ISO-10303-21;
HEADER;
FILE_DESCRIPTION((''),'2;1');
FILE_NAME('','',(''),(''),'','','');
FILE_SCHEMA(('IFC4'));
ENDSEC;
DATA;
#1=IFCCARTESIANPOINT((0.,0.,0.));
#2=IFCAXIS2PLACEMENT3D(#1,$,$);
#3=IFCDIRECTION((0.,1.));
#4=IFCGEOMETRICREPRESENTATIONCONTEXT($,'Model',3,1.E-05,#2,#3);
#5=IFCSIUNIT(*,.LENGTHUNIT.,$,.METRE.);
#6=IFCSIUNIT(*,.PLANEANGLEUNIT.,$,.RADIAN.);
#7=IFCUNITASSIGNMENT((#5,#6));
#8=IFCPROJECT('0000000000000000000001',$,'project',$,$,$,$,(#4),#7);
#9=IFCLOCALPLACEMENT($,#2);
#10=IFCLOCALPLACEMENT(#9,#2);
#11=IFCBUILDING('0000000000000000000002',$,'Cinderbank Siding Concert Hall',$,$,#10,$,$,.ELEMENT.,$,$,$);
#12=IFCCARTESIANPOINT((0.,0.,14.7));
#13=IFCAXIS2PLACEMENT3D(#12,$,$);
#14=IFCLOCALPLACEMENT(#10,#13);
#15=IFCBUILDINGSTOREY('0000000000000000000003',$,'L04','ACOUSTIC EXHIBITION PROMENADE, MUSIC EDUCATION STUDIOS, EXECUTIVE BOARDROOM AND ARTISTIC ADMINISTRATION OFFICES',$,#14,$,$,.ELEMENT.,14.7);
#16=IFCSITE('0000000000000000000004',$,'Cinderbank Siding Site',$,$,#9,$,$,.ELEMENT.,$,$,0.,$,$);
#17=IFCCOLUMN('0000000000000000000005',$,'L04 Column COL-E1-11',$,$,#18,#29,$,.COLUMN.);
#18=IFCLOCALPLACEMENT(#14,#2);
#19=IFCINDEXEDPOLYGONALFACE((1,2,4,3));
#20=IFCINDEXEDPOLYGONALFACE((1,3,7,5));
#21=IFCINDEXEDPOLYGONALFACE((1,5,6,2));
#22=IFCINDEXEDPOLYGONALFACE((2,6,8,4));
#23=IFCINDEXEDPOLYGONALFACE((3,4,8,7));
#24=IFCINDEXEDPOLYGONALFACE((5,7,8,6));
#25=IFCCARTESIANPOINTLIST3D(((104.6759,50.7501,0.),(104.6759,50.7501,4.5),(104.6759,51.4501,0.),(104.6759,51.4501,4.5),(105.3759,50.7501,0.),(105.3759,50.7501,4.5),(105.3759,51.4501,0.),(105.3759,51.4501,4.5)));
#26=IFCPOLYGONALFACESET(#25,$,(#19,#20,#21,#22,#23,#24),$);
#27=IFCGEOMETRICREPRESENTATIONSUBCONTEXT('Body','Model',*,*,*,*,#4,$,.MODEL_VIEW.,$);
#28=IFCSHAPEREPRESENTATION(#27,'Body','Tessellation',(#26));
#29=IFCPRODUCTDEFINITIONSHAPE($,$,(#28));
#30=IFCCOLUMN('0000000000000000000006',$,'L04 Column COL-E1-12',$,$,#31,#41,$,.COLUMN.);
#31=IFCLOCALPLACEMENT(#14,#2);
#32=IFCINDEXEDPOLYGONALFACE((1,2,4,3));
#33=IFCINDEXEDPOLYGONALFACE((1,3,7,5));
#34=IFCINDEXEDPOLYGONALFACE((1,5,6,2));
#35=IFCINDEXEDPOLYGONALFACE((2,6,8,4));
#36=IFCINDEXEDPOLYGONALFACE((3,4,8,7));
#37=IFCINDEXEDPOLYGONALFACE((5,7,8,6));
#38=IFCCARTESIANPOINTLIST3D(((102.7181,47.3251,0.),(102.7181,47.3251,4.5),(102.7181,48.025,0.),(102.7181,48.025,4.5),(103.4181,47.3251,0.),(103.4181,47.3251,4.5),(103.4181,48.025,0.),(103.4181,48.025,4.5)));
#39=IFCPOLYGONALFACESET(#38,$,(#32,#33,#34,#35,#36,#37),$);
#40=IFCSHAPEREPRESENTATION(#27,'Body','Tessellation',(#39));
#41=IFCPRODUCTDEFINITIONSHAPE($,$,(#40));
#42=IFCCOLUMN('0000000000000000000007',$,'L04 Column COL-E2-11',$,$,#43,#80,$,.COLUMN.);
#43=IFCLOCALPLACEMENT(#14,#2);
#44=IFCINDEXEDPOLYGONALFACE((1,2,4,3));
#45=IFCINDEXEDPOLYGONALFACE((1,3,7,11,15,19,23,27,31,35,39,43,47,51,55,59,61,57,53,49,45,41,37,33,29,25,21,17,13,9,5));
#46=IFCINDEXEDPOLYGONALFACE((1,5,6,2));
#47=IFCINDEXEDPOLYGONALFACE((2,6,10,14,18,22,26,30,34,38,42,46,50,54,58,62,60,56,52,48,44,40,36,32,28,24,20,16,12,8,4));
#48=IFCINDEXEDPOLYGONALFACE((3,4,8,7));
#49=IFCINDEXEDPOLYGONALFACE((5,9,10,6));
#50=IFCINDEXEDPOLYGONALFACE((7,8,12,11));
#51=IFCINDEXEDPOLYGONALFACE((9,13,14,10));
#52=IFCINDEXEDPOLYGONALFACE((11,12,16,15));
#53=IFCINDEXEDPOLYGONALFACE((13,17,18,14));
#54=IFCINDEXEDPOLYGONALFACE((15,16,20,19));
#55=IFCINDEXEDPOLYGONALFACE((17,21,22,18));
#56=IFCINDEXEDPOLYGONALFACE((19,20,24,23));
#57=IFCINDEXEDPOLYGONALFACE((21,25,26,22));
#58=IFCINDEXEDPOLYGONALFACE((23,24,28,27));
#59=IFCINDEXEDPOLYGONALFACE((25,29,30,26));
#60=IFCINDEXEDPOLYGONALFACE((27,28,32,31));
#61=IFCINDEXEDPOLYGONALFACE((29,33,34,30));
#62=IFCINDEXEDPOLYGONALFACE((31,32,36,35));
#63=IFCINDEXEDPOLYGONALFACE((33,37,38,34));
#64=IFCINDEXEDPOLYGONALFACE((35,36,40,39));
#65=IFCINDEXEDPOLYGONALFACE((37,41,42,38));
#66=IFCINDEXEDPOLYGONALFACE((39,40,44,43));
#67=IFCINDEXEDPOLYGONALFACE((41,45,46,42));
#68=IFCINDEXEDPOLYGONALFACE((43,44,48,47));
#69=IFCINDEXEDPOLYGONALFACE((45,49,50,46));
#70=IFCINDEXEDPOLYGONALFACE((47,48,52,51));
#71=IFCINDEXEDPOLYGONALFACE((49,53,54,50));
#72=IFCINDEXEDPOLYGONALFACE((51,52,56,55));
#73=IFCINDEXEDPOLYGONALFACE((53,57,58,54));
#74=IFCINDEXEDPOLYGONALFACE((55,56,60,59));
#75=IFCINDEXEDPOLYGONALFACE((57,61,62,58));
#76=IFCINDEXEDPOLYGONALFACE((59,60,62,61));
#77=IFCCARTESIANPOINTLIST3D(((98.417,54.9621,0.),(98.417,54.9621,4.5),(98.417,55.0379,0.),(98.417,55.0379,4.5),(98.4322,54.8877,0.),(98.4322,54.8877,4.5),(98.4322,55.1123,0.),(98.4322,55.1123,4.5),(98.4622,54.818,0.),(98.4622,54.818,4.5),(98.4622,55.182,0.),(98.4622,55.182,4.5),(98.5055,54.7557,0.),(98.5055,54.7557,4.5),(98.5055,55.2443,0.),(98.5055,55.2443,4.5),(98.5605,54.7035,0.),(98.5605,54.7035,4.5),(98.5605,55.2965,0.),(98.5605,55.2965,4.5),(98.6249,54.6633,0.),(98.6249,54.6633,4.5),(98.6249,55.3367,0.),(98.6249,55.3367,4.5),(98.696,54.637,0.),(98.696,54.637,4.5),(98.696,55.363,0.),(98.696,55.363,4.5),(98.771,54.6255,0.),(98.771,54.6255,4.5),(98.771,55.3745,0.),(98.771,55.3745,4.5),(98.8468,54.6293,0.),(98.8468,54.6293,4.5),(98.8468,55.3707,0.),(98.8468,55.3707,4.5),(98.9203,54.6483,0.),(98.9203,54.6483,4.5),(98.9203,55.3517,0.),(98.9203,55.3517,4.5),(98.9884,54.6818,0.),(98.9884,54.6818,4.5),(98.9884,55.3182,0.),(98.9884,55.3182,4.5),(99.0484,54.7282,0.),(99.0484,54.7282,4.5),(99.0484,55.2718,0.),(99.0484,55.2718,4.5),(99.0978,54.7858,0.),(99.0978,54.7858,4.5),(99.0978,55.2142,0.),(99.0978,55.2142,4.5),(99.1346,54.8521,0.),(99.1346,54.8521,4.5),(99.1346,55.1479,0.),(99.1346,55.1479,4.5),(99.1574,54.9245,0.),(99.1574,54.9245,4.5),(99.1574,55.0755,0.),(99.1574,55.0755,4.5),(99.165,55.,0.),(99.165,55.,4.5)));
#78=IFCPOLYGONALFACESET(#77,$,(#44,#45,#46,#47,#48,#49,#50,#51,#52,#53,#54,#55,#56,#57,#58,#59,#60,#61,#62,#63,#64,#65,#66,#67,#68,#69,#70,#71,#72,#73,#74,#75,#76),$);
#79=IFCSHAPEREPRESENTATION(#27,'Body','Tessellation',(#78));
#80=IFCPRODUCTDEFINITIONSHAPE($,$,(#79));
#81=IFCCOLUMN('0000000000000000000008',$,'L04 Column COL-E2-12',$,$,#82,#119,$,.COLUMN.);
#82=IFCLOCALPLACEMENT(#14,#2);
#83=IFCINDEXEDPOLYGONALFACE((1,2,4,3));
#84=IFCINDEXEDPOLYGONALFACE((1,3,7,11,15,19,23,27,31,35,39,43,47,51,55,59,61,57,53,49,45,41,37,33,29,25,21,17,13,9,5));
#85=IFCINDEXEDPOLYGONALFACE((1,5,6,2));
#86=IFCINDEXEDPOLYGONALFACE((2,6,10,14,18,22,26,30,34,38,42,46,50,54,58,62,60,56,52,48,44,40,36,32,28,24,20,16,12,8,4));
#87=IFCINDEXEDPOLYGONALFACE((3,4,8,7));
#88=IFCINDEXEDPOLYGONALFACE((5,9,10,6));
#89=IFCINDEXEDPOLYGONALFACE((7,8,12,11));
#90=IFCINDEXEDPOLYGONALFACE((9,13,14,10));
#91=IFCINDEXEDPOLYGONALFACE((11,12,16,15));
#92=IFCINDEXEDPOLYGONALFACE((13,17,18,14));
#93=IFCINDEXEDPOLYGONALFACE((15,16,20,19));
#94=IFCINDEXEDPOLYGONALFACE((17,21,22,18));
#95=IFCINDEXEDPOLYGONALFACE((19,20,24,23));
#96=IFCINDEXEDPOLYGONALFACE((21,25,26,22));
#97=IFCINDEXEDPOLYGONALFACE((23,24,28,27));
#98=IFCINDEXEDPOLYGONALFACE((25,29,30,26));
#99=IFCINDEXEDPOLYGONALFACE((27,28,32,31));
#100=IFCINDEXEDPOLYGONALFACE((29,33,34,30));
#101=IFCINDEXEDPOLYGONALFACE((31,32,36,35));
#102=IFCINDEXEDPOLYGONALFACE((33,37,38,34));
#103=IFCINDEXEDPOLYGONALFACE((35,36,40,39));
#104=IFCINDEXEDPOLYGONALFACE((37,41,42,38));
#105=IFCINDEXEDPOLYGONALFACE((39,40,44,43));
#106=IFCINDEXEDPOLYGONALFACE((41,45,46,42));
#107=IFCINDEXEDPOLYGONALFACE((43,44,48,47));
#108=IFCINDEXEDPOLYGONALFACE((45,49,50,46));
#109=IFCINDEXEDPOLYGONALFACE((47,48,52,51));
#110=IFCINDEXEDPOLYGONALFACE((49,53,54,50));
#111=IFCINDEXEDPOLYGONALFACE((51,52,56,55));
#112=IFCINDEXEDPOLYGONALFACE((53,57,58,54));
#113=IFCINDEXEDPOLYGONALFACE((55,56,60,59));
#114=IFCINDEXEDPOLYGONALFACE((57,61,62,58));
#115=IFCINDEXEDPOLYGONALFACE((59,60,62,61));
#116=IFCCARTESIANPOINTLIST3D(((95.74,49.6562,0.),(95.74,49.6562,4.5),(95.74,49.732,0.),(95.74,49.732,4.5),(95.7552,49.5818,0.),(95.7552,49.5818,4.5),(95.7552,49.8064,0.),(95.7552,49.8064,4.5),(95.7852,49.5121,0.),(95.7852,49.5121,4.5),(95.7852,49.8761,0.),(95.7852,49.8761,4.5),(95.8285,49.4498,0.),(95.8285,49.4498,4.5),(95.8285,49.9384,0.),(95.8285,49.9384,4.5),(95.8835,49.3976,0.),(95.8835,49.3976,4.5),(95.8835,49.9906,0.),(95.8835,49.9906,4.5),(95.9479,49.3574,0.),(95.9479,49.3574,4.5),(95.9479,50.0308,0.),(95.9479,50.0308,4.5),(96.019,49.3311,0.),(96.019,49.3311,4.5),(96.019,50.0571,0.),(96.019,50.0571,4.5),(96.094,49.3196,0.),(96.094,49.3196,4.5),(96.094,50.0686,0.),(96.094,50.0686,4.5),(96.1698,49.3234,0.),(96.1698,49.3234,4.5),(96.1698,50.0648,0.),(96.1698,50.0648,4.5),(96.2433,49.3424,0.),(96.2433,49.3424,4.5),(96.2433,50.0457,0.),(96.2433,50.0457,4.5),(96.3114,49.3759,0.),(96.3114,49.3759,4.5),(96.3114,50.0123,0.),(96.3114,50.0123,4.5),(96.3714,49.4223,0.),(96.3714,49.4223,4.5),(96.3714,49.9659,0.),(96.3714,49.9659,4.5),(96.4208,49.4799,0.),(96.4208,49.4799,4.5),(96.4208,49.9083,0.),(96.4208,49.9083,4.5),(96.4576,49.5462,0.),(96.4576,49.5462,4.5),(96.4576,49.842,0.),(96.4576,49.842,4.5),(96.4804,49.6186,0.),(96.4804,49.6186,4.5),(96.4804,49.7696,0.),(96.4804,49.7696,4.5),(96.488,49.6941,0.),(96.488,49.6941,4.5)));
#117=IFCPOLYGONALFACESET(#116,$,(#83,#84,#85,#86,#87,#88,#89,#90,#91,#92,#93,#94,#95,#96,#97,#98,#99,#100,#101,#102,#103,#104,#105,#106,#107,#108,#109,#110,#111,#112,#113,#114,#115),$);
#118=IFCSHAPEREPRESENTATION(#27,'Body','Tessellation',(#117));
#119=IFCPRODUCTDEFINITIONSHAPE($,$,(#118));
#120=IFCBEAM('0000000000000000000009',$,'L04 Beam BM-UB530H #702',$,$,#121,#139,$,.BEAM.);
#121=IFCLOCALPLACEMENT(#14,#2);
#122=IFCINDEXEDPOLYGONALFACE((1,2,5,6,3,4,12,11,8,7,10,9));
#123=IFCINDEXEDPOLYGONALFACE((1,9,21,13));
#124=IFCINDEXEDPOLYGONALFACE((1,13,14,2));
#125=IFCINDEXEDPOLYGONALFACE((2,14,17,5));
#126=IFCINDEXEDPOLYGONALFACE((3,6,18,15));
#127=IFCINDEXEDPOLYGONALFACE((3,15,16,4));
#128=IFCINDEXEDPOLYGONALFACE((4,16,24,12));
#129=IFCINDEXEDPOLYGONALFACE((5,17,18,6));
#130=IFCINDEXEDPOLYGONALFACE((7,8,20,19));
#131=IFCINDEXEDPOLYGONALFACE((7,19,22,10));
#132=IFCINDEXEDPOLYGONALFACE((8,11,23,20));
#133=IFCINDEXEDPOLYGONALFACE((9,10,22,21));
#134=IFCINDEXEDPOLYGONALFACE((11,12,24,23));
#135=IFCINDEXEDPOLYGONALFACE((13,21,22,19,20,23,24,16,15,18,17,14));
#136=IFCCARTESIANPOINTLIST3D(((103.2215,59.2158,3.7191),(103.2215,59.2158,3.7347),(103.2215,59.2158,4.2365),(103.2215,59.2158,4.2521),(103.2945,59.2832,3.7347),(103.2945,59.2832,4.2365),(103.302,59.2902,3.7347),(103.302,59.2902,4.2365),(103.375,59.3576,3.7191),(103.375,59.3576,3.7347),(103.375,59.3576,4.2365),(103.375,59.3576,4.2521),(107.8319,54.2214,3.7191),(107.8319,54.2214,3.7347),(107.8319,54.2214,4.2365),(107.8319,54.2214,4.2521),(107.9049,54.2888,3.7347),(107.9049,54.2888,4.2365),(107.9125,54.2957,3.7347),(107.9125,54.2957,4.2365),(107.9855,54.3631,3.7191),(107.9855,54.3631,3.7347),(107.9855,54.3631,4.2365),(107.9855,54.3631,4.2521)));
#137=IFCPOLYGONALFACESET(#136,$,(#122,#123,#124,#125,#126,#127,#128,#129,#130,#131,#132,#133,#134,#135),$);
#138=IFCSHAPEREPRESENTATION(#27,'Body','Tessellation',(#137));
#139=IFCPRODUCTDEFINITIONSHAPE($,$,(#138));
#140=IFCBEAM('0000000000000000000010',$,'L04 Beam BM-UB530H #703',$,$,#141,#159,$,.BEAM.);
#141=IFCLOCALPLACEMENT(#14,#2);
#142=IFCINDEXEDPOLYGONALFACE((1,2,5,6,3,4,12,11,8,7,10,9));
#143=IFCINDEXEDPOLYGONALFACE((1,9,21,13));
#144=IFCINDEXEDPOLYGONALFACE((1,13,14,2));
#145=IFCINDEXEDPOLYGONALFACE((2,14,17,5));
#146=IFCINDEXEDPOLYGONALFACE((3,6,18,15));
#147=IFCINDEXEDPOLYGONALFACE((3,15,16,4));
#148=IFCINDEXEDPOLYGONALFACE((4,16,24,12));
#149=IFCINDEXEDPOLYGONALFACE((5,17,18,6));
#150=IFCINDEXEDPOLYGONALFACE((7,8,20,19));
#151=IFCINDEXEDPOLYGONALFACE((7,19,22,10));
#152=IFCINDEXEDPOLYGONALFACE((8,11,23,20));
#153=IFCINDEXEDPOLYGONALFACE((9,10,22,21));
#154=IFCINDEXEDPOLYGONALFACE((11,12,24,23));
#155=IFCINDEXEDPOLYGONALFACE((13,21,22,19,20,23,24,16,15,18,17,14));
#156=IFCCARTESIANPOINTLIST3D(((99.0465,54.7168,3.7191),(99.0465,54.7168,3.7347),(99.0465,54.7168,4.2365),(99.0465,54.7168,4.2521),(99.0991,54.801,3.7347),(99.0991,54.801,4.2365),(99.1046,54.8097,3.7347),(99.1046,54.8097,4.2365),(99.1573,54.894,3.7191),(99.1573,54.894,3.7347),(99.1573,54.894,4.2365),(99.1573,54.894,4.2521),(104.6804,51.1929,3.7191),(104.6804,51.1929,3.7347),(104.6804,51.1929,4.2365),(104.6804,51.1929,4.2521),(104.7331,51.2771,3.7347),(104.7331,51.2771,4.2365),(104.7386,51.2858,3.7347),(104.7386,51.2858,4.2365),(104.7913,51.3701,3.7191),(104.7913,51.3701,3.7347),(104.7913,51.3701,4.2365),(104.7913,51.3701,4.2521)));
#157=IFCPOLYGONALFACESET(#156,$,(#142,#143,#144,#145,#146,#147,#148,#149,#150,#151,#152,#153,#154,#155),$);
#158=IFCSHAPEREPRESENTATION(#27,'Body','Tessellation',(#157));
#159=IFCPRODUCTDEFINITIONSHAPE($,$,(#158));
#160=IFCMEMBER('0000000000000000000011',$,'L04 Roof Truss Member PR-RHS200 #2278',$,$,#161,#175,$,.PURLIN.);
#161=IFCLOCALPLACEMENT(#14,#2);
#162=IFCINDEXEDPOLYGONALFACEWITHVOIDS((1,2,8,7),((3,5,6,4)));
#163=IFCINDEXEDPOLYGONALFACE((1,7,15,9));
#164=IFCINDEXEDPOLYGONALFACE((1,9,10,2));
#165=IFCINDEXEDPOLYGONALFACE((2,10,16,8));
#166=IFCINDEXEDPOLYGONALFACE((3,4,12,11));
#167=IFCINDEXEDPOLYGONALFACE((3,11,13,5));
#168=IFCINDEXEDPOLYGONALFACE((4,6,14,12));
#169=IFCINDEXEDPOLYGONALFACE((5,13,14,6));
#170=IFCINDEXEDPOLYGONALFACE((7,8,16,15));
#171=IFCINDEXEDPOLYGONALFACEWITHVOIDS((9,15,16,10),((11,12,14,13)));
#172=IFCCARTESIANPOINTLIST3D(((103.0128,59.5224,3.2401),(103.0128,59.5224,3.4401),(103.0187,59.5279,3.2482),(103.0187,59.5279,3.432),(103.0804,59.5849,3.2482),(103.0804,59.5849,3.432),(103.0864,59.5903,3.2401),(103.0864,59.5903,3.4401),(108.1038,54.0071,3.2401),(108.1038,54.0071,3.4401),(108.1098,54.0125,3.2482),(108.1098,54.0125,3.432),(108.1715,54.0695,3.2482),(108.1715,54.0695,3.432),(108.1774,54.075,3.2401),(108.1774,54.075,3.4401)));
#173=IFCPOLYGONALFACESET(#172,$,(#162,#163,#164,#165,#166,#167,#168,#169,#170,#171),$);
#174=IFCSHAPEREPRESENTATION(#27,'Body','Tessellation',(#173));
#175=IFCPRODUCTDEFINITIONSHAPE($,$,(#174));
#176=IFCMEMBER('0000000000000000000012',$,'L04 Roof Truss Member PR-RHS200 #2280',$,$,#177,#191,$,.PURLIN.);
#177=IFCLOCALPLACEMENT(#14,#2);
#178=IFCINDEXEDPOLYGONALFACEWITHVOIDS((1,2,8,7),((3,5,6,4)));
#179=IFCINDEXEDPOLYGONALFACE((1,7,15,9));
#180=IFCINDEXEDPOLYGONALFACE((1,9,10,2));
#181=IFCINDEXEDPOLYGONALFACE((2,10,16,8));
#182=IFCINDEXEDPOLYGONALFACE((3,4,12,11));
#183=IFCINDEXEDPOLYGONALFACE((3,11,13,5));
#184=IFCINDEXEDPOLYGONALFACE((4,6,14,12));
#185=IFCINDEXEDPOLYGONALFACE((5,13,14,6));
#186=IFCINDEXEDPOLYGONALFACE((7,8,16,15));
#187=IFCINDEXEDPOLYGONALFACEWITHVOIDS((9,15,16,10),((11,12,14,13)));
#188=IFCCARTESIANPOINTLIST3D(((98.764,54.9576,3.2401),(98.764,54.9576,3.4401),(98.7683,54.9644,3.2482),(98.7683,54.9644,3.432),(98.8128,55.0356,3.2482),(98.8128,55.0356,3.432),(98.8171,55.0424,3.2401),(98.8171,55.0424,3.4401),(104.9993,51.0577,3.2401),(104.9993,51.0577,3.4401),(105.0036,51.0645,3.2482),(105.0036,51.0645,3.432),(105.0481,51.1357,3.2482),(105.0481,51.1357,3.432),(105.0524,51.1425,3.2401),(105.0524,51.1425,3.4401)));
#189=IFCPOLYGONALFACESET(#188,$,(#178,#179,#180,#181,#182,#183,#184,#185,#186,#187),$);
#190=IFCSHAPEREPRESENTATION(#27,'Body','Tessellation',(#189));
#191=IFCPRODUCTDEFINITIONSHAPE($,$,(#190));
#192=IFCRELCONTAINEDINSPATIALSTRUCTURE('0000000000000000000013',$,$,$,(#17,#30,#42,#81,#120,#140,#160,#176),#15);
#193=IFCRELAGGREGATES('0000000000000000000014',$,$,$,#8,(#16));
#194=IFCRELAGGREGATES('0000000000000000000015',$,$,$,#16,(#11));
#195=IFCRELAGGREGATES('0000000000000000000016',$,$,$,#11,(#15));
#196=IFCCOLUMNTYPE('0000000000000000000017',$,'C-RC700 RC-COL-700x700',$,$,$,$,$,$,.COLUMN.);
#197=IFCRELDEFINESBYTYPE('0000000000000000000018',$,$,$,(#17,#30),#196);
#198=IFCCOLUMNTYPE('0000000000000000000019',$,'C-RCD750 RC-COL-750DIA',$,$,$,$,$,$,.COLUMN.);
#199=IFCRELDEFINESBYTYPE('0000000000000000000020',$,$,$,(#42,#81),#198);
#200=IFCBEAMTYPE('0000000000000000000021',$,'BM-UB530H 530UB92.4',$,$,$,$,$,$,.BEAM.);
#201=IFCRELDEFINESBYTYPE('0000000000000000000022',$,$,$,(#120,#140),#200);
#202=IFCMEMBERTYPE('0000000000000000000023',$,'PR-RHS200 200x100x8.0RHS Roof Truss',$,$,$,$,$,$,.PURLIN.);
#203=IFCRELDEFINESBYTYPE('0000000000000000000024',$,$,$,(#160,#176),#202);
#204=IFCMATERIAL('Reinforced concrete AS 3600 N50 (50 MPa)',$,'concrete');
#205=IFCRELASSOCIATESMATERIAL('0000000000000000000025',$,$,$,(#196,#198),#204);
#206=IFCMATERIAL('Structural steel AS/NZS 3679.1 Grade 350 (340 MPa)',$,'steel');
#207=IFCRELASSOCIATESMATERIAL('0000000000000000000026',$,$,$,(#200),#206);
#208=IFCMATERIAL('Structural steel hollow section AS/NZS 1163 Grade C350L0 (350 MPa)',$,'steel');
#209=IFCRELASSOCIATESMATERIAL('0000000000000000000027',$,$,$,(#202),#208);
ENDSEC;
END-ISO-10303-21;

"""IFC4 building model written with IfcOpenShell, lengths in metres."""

from ifc_helpers import new_model, si_unit, direction, frame, origin, origin_2d, place, context, subcontext, project, spatial, rectangle, hollow_rectangle, circle, i_section, extrude, material, material_profile, profile_set, type_object, element, save


model = new_model("IFC4")

# Units and contexts
model_context = context("Model", 3, precision=1e-05, world=origin(), true_north=direction((0.0, 1.0)))
body_context = subcontext(model_context, "Body", "Model", "MODEL_VIEW")
ifc_project = project(units=[si_unit("LENGTHUNIT", "METRE"), si_unit("PLANEANGLEUNIT", "RADIAN")], contexts=[model_context])

# Site, building, storey
site_placement = place(None, origin())
site = spatial("IfcSite", under=ifc_project, at=site_placement, Name="Cinderbank Siding Site", CompositionType="ELEMENT", RefElevation=0.0)
building_placement = place(site_placement, origin())
building = spatial("IfcBuilding", under=site, at=building_placement, Name="Cinderbank Siding Concert Hall", CompositionType="ELEMENT")
storey_placement = place(building_placement, frame((0.0, 0.0, 14.7)))
storey = spatial("IfcBuildingStorey", under=building, at=storey_placement, Name="L04", Description="ACOUSTIC EXHIBITION PROMENADE, MUSIC EDUCATION STUDIOS, EXECUTIVE BOARDROOM AND ARTISTIC ADMINISTRATION OFFICES", CompositionType="ELEMENT", Elevation=14.7)

# Columns
ifc_material_1 = material(Name="Reinforced concrete AS 3600 N50 (50 MPa)", Category="concrete")
ifc_material_profile_1 = material_profile(ifc_material_1, rectangle(XDim=0.7, YDim=0.7, at=origin_2d()), Name="RC-COL-700x700", Category="LoadBearing")
ifc_profile_set_1 = profile_set([ifc_material_profile_1], Name="Reinforced concrete AS 3600 N50 (50 MPa)")
column_type_1 = type_object("IfcColumnType", Name="C-RC700 RC-COL-700x700", PredefinedType="COLUMN", material=ifc_profile_set_1)
for number, where, z_axis, x_axis, name in (
    (1, (105.0259, 51.1001, 0.0), (0.0, 0.0, 1.0), (1.0, 0.0, 0.0), "L04 Column COL-E1-11"),
    (2, (103.0681, 47.675, 0.0), (0.0, 0.0, 1.0), (1.0, 0.0, 0.0), "L04 Column COL-E1-12"),
):
    element("IfcColumn", number, at=place(storey_placement, frame(where, z_axis=z_axis, x_axis=x_axis)), inside=storey, type_object=column_type_1, Name=name, PredefinedType="COLUMN", context=body_context, shape_type="SweptSolid", body=[
        extrude(rectangle(XDim=0.7, YDim=0.7, at=origin_2d()), origin(), (0.0, 0.0, 1.0), 4.5),
    ])
ifc_material_profile_2 = material_profile(ifc_material_1, circle(Radius=0.375, at=origin_2d()), Name="RC-COL-750DIA", Category="LoadBearing")
ifc_profile_set_2 = profile_set([ifc_material_profile_2], Name="Reinforced concrete AS 3600 N50 (50 MPa)")
column_type_2 = type_object("IfcColumnType", Name="C-RCD750 RC-COL-750DIA", PredefinedType="COLUMN", material=ifc_profile_set_2)
for number, where, z_axis, x_axis, name in (
    (3, (98.79, 55.0, 0.0), (0.0, 0.0, 1.0), (1.0, 0.0, 0.0), "L04 Column COL-E2-11"),
    (4, (96.113, 49.6941, 0.0), (0.0, 0.0, 1.0), (1.0, 0.0, 0.0), "L04 Column COL-E2-12"),
):
    element("IfcColumn", number, at=place(storey_placement, frame(where, z_axis=z_axis, x_axis=x_axis)), inside=storey, type_object=column_type_2, Name=name, PredefinedType="COLUMN", context=body_context, shape_type="SweptSolid", body=[
        extrude(circle(Radius=0.375, at=origin_2d()), origin(), (0.0, 0.0, 1.0), 4.5),
    ])

# Beams
ifc_material_2 = material(Name="Structural steel AS/NZS 3679.1 Grade 350 (340 MPa)", Category="steel")
ifc_material_profile_3 = material_profile(ifc_material_2, i_section(OverallWidth=0.209, OverallDepth=0.533, WebThickness=0.0103, FlangeThickness=0.0156, at=origin_2d()), Name="530UB92.4", Category="LoadBearing")
ifc_profile_set_3 = profile_set([ifc_material_profile_3], Name="Structural steel AS/NZS 3679.1 Grade 350 (340 MPa)")
beam_type = type_object("IfcBeamType", Name="BM-UB530H 530UB92.4", PredefinedType="BEAM", material=ifc_profile_set_3)
beam_1_placement = place(storey_placement, frame((107.9087, 54.2922, 3.9856), z_axis=(-0.678292, 0.734792, 0.0), x_axis=(-0.734792, -0.678292, 0.0)))
element("IfcBeam", 5, at=beam_1_placement, inside=storey, type_object=beam_type, Name="L04 Beam BM-UB530H #702", PredefinedType="BEAM", context=body_context, shape_type="SweptSolid", body=[
    extrude(i_section(OverallWidth=0.209, OverallDepth=0.533, WebThickness=0.0103, FlangeThickness=0.0156, at=origin_2d()), origin(), (0.0, 0.0, 1.0), 6.7971),
])
beam_2_placement = place(storey_placement, frame((104.7358, 51.2815, 3.9856), z_axis=(-0.847819, 0.530286, 0.0), x_axis=(-0.530286, -0.847819, 0.0)))
element("IfcBeam", 6, at=beam_2_placement, inside=storey, type_object=beam_type, Name="L04 Beam BM-UB530H #703", PredefinedType="BEAM", context=body_context, shape_type="SweptSolid", body=[
    extrude(i_section(OverallWidth=0.209, OverallDepth=0.533, WebThickness=0.0103, FlangeThickness=0.0156, at=origin_2d()), origin(), (0.0, 0.0, 1.0), 6.6453),
])

# Members
ifc_material_3 = material(Name="Structural steel hollow section AS/NZS 1163 Grade C350L0 (350 MPa)", Category="steel")
ifc_material_profile_4 = material_profile(ifc_material_3, hollow_rectangle(XDim=0.1001, YDim=0.2, WallThickness=0.0081, at=origin_2d()), Name="200x100x8.0RHS", Category="LoadBearing")
ifc_profile_set_4 = profile_set([ifc_material_profile_4], Name="Structural steel hollow section AS/NZS 1163 Grade C350L0 (350 MPa)")
member_type_1 = type_object("IfcMemberType", Name="PR-RHS200 200x100x8.0RHS Roof Truss", PredefinedType="PURLIN", material=ifc_profile_set_4)
member_1_placement = place(storey_placement, frame((108.1406, 54.041, 3.3401), z_axis=(-0.678276, 0.734807, 0.0), x_axis=(-0.734807, -0.678276, 0.0)))
element("IfcMember", 7, at=member_1_placement, inside=storey, type_object=member_type_1, Name="L04 Roof Truss Member PR-RHS200 #2278", PredefinedType="PURLIN", context=body_context, shape_type="SweptSolid", body=[
    extrude(hollow_rectangle(XDim=0.1001, YDim=0.2, WallThickness=0.0081, at=origin_2d()), origin(), (0.0, 0.0, 1.0), 7.5059),
])
member_2_placement = place(storey_placement, frame((105.0259, 51.1001, 3.3401), z_axis=(-0.847827, 0.530273, 0.0), x_axis=(-0.530273, -0.847827, 0.0)))
element("IfcMember", 8, at=member_2_placement, inside=storey, type_object=member_type_1, Name="L04 Roof Truss Member PR-RHS200 #2280", PredefinedType="PURLIN", context=body_context, shape_type="SweptSolid", body=[
    extrude(hollow_rectangle(XDim=0.1001, YDim=0.2, WallThickness=0.0081, at=origin_2d()), origin(), (0.0, 0.0, 1.0), 7.3545),
])

save(model, "model.ifc")
